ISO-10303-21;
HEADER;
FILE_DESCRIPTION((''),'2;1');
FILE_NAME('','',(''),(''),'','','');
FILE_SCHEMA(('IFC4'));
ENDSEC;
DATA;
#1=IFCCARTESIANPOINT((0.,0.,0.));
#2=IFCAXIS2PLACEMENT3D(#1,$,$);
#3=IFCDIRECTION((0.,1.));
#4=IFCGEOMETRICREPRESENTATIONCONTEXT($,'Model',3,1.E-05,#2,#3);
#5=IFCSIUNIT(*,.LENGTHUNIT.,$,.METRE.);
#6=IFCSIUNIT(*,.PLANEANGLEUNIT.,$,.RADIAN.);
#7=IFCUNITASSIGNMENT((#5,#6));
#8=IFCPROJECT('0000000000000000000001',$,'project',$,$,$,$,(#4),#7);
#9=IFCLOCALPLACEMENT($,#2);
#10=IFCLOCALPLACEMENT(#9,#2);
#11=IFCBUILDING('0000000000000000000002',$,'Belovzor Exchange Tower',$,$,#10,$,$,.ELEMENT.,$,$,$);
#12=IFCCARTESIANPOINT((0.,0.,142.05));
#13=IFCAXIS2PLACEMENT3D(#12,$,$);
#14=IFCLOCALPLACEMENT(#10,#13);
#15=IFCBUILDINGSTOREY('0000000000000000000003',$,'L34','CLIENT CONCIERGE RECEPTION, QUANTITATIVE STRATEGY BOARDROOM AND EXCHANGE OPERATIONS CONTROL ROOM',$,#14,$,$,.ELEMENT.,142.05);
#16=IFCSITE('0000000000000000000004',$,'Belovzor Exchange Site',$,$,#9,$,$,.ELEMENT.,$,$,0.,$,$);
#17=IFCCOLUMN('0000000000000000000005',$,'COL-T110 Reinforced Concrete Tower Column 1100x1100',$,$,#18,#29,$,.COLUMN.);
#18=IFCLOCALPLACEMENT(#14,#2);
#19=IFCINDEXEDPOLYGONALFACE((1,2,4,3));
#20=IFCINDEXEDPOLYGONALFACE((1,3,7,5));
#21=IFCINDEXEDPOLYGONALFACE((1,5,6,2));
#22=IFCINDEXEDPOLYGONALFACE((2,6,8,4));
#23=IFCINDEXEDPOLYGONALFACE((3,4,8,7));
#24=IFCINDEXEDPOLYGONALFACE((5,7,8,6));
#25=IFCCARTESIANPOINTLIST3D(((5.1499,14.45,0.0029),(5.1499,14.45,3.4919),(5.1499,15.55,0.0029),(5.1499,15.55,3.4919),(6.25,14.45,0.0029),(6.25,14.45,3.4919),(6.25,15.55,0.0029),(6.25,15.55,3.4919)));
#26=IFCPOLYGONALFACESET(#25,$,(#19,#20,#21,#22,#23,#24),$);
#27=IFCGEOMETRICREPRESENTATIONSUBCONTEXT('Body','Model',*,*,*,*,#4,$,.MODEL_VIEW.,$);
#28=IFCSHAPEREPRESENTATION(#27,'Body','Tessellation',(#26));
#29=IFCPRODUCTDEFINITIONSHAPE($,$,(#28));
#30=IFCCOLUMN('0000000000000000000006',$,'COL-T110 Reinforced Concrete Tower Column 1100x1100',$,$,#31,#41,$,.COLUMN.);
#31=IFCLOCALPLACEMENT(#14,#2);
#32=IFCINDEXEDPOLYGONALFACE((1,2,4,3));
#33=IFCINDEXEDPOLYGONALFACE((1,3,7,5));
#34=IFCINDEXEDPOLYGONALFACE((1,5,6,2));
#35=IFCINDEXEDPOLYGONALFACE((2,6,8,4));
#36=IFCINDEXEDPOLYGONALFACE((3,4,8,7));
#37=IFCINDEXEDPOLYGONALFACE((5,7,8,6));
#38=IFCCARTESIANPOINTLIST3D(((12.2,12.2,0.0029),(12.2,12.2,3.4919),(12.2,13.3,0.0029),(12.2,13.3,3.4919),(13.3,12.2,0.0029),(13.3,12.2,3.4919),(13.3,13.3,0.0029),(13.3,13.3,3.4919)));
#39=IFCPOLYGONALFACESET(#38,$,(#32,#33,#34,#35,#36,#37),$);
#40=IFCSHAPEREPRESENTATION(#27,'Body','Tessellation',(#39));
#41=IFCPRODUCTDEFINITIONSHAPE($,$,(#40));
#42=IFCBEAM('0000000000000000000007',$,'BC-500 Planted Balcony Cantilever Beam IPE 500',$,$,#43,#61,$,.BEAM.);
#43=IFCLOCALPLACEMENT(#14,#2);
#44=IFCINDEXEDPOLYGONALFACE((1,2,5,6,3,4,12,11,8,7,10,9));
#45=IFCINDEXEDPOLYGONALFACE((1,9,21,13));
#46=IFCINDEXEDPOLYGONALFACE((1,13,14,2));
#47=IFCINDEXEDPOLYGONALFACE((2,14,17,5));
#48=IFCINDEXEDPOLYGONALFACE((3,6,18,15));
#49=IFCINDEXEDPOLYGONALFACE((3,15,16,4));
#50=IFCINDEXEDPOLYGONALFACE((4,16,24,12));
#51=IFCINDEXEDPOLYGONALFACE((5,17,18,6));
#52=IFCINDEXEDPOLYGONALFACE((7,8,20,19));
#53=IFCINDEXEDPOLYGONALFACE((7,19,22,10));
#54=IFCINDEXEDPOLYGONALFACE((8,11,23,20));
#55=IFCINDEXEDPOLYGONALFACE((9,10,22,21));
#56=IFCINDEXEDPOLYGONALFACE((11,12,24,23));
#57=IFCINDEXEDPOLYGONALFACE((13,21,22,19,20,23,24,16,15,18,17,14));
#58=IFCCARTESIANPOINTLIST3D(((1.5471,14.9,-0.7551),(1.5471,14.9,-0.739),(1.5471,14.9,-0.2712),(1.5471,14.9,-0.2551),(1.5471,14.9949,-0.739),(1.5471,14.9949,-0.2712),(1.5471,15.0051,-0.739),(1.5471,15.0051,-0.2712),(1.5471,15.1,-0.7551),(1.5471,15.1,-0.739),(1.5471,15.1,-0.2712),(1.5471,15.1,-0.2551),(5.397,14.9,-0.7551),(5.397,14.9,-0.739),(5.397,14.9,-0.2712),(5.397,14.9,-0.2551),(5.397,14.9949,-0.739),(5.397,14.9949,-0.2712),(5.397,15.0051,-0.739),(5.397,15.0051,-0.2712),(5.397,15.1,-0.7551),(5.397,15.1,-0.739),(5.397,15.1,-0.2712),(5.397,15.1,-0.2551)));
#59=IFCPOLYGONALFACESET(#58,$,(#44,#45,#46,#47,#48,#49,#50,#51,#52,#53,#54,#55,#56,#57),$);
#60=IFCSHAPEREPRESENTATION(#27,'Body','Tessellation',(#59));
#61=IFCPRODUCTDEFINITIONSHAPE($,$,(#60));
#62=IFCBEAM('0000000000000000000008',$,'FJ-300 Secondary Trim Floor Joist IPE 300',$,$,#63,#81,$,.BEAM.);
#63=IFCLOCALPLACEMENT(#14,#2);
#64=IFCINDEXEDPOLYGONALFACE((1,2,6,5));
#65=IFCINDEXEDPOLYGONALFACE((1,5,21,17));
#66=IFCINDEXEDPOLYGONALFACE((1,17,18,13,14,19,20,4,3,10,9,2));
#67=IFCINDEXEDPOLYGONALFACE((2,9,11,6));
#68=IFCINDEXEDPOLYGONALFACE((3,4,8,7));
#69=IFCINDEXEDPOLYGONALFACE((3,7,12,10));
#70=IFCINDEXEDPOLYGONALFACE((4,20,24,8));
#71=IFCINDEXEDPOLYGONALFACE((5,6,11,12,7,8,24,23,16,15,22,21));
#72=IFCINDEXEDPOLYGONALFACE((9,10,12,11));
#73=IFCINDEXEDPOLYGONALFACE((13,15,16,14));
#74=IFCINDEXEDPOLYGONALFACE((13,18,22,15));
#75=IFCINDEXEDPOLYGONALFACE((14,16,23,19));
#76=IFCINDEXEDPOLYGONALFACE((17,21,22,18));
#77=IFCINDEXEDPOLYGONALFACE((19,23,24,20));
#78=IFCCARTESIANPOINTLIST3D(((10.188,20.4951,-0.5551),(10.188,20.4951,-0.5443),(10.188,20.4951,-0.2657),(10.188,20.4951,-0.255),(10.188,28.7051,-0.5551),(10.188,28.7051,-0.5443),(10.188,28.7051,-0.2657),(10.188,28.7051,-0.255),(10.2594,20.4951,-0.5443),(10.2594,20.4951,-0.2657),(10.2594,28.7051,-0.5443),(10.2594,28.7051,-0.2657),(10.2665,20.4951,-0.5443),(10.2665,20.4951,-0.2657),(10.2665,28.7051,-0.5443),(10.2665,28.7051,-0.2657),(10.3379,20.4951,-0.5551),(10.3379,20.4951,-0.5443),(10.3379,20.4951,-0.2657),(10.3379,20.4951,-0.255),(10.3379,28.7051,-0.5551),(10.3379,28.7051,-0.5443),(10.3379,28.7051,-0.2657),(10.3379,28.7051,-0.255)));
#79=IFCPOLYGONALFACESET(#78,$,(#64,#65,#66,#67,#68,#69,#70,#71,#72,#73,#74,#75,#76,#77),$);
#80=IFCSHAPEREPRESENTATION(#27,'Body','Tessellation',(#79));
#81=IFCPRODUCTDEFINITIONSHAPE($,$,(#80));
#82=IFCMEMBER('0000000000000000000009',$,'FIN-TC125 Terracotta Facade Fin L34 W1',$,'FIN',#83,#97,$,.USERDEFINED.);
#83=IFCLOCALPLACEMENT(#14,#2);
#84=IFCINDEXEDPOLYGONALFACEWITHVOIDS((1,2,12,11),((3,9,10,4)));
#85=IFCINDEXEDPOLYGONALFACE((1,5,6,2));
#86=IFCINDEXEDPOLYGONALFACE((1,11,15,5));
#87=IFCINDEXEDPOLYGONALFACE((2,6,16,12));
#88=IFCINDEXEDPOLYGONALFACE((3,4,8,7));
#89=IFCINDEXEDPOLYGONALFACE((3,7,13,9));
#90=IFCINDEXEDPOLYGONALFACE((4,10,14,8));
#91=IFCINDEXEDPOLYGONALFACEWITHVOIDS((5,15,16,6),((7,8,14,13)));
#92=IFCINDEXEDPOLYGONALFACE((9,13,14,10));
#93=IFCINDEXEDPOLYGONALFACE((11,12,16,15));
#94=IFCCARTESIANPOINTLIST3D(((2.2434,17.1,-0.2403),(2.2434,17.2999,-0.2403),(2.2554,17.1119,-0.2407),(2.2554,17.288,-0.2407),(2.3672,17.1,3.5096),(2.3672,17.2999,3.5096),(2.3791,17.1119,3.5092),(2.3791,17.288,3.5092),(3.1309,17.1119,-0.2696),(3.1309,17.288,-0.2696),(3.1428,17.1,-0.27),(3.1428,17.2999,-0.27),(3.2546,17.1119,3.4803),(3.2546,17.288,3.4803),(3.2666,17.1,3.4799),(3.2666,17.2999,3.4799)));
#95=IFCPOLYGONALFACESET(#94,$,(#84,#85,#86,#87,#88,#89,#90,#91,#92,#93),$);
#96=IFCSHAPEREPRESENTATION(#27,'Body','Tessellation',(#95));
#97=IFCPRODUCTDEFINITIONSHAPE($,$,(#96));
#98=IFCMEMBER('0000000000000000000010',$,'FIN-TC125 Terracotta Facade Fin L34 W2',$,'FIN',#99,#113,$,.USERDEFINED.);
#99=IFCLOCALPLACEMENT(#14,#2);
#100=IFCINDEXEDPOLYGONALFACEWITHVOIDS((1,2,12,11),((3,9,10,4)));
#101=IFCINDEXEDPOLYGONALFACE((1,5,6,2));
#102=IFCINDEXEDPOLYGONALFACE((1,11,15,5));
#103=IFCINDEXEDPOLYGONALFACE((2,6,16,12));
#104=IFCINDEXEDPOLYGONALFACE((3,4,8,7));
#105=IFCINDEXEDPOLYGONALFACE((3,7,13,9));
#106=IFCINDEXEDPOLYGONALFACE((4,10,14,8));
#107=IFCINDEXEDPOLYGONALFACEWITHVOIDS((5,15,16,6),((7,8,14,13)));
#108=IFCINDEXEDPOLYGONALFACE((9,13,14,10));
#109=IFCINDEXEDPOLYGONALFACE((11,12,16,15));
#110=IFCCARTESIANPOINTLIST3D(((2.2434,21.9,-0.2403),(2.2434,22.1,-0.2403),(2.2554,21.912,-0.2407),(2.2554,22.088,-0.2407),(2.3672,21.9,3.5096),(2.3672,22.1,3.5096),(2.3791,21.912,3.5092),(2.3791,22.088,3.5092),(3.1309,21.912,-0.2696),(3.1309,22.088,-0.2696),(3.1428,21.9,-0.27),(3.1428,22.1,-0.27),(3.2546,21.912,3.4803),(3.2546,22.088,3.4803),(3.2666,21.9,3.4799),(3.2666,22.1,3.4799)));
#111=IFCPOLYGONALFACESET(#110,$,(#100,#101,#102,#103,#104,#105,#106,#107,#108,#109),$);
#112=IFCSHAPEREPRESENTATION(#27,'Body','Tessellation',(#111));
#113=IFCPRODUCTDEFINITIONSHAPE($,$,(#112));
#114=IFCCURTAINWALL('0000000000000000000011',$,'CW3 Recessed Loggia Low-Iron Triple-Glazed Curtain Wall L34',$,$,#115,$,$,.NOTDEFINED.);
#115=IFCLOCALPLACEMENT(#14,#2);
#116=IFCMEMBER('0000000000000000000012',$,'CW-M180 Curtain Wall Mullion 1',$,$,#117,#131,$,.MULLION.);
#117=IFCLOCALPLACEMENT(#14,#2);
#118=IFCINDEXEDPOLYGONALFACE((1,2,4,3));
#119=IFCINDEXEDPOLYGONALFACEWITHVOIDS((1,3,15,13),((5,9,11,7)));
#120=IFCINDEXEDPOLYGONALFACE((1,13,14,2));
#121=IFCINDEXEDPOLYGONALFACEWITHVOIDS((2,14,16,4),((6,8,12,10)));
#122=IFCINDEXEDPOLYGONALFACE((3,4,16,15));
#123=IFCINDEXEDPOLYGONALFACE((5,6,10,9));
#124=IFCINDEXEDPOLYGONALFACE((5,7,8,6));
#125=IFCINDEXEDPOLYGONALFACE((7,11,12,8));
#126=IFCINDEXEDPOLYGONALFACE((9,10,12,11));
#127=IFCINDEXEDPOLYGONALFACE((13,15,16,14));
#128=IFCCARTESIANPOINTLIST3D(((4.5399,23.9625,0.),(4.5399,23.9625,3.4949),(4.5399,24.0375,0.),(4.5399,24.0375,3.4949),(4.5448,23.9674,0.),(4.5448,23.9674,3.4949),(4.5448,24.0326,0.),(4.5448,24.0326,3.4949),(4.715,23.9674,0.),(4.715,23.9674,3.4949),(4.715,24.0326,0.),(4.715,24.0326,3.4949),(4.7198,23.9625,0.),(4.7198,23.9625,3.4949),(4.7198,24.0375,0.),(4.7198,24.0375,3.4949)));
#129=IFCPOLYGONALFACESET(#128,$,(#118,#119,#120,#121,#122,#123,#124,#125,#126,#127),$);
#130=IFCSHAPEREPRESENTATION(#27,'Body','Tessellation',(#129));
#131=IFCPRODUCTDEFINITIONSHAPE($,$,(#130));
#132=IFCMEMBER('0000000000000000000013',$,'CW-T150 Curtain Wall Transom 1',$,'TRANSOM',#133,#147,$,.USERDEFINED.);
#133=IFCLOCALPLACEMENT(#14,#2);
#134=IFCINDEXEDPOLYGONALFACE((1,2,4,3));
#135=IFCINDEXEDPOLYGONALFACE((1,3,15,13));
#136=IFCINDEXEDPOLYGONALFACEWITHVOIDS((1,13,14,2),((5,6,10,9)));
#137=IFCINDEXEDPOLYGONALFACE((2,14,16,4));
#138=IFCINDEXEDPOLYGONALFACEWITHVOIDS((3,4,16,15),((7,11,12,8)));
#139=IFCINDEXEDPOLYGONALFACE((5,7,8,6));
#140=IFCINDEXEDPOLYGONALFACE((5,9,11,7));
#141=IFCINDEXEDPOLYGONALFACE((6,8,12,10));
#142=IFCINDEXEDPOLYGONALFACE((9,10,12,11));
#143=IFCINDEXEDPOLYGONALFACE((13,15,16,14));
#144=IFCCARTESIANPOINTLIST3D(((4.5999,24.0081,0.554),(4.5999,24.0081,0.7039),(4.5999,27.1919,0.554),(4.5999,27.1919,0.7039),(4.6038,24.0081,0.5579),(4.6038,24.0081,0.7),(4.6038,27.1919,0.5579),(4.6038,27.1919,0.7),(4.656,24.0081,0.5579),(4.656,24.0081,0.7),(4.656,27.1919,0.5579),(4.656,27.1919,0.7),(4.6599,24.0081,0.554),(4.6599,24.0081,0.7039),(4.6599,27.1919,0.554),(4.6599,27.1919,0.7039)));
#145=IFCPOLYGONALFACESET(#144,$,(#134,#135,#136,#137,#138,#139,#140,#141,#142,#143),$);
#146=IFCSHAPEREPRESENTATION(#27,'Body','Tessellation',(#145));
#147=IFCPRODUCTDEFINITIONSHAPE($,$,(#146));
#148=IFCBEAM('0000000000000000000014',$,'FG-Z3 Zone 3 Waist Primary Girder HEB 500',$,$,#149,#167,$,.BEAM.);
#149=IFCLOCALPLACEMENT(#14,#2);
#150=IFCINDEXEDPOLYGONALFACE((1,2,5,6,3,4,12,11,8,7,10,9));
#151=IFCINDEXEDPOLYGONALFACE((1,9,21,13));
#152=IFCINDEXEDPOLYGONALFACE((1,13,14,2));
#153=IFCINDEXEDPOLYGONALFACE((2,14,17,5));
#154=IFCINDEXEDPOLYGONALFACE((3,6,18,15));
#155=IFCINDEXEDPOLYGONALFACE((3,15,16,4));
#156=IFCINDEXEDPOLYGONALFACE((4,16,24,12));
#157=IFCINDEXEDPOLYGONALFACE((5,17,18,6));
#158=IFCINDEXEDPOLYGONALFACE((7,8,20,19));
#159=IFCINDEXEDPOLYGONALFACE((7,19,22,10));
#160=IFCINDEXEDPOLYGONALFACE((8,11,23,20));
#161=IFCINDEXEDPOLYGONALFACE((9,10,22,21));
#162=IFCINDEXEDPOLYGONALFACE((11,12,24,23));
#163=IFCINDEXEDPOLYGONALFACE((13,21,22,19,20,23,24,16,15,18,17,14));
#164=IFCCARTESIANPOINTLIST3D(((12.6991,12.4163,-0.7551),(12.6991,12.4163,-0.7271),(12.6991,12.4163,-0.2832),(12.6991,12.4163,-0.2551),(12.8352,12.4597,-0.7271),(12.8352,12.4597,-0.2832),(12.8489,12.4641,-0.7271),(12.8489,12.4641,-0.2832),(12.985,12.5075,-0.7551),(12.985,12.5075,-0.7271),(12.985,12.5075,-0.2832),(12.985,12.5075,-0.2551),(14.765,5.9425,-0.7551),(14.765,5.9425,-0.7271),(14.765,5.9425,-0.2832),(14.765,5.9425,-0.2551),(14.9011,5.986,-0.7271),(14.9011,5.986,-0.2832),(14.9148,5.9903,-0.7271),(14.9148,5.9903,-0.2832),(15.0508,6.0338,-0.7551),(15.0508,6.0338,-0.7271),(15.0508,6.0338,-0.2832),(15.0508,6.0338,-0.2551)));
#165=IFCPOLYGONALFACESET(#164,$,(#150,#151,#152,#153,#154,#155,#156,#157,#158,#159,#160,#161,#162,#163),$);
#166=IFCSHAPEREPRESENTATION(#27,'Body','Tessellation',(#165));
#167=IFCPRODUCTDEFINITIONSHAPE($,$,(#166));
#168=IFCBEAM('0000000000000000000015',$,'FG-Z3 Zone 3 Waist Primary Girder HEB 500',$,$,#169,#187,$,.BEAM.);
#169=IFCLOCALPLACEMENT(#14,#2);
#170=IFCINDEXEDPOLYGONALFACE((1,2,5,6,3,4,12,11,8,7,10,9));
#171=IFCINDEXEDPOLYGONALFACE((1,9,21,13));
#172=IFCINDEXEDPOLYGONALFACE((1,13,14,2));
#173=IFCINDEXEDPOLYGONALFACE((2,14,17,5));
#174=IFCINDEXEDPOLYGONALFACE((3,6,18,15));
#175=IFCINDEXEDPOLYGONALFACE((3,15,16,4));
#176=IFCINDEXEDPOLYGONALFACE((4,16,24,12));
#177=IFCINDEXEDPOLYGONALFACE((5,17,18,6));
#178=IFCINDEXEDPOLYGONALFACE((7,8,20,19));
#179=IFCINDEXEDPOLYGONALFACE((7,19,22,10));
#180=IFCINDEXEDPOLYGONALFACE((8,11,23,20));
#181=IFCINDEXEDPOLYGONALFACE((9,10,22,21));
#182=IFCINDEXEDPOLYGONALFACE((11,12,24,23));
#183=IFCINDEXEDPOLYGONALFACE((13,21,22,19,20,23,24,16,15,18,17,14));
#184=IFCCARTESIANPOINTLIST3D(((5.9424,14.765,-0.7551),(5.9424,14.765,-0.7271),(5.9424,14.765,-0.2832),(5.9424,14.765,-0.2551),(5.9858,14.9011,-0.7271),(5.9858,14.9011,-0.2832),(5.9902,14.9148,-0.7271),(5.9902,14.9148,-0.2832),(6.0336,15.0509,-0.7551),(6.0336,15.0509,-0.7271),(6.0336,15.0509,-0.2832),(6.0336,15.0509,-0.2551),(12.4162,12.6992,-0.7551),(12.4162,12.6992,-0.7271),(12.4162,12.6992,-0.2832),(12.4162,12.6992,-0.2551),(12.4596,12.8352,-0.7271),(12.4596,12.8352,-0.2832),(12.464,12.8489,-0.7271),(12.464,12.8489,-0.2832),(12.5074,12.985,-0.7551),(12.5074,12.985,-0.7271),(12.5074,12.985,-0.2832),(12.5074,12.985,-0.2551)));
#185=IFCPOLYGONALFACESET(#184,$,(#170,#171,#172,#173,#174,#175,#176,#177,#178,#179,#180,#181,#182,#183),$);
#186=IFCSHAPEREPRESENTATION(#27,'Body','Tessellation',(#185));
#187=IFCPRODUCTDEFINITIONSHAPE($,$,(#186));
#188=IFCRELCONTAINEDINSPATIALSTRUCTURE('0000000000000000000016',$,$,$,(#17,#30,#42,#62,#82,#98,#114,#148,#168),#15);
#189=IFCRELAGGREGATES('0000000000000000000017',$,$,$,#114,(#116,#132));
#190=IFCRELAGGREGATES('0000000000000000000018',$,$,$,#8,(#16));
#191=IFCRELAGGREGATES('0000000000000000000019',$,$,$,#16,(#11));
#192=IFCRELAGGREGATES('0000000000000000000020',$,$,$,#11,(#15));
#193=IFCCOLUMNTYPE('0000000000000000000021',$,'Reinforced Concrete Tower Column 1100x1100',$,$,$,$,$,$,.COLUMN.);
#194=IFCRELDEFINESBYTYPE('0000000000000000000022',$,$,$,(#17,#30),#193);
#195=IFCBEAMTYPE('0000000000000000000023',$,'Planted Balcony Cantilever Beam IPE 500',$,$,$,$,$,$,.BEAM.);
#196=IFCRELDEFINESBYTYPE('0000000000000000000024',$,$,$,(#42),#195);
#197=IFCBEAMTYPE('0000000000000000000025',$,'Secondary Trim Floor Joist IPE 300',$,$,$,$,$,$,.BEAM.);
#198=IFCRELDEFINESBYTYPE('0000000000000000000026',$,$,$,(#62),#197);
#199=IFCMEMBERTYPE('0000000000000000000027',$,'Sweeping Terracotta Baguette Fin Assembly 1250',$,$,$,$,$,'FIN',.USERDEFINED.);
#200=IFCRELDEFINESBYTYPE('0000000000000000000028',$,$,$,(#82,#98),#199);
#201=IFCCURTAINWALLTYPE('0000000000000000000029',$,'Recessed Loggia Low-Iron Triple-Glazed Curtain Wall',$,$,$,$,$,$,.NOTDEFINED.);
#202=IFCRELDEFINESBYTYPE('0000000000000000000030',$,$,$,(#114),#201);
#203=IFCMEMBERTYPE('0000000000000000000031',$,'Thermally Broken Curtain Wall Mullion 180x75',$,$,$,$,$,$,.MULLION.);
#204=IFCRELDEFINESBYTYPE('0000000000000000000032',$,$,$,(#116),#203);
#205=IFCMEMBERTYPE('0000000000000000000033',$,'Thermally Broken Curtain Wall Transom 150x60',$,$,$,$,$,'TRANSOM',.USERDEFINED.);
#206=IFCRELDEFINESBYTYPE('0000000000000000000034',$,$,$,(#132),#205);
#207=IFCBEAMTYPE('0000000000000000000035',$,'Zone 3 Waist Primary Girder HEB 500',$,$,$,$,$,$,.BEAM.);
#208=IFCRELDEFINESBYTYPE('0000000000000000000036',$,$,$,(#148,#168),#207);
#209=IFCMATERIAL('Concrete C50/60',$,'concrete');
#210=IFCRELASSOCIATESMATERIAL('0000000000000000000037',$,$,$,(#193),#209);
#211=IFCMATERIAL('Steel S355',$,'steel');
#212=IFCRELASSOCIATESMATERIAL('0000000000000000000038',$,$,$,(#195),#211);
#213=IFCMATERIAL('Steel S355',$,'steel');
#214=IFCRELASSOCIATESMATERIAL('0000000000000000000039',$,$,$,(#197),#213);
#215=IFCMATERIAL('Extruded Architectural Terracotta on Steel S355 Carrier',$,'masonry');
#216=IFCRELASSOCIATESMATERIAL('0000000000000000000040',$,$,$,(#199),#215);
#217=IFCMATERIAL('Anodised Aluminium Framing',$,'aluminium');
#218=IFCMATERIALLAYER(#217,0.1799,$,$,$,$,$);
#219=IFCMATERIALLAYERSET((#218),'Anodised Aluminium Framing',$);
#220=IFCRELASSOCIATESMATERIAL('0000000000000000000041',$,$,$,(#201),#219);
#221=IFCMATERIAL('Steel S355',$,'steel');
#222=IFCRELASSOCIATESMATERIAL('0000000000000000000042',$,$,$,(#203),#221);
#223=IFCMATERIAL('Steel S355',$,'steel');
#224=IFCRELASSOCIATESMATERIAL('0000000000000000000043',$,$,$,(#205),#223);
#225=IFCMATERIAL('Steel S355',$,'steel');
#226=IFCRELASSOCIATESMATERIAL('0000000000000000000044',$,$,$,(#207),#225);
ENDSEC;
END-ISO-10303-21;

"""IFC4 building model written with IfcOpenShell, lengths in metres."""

from ifc_helpers import new_model, si_unit, direction, frame, origin, origin_2d, place, context, subcontext, project, spatial, rectangle, hollow_rectangle, i_section, extrude, material, layer, layer_set, material_profile, profile_set, type_object, element, aggregate, save


model = new_model("IFC4")

# Units and contexts
model_context = context("Model", 3, precision=1e-05, world=origin(), true_north=direction((0.0, 1.0)))
body_context = subcontext(model_context, "Body", "Model", "MODEL_VIEW")
ifc_project = project(units=[si_unit("LENGTHUNIT", "METRE"), si_unit("PLANEANGLEUNIT", "RADIAN")], contexts=[model_context])

# Site, building, storey
site_placement = place(None, origin())
site = spatial("IfcSite", under=ifc_project, at=site_placement, Name="Belovzor Exchange Site", CompositionType="ELEMENT", RefElevation=0.0)
building_placement = place(site_placement, origin())
building = spatial("IfcBuilding", under=site, at=building_placement, Name="Belovzor Exchange Tower", CompositionType="ELEMENT")
storey_placement = place(building_placement, frame((0.0, 0.0, 142.05)))
storey = spatial("IfcBuildingStorey", under=building, at=storey_placement, Name="L34", Description="CLIENT CONCIERGE RECEPTION, QUANTITATIVE STRATEGY BOARDROOM AND EXCHANGE OPERATIONS CONTROL ROOM", CompositionType="ELEMENT", Elevation=142.05)

# Columns
ifc_material_1 = material(Name="Concrete C50/60", Category="concrete")
ifc_material_profile_1 = material_profile(ifc_material_1, rectangle(XDim=1.1001, YDim=1.1001, at=origin_2d()))
ifc_profile_set_1 = profile_set([ifc_material_profile_1], Name="Concrete C50/60")
column_type = type_object("IfcColumnType", Name="Reinforced Concrete Tower Column 1100x1100", PredefinedType="COLUMN", material=ifc_profile_set_1)
for number, where, z_axis, x_axis, name in (
    (1, (5.7, 15.0, 0.0029), (0.0, 0.0, 1.0), (1.0, 0.0, 0.0), "COL-T110 Reinforced Concrete Tower Column 1100x1100"),
    (2, (12.75, 12.75, 0.0029), (0.0, 0.0, 1.0), (1.0, 0.0, 0.0), "COL-T110 Reinforced Concrete Tower Column 1100x1100"),
):
    element("IfcColumn", number, at=place(storey_placement, frame(where, z_axis=z_axis, x_axis=x_axis)), inside=storey, type_object=column_type, Name=name, PredefinedType="COLUMN", context=body_context, shape_type="SweptSolid", body=[
        extrude(rectangle(XDim=1.1001, YDim=1.1001, at=origin_2d()), origin(), (0.0, 0.0, 1.0), 3.489),
    ])

# Beams
ifc_material_2 = material(Name="Steel S355", Category="steel")
ifc_material_profile_2 = material_profile(ifc_material_2, i_section(OverallWidth=0.2, OverallDepth=0.5, WebThickness=0.0103, FlangeThickness=0.0161, at=origin_2d()))
ifc_profile_set_2 = profile_set([ifc_material_profile_2], Name="Steel S355")
beam_type_1 = type_object("IfcBeamType", Name="Planted Balcony Cantilever Beam IPE 500", PredefinedType="BEAM", material=ifc_profile_set_2)
beam_1_placement = place(storey_placement, frame((5.397, 15.0, -0.5051), z_axis=(-1.0, 0.0, 0.0), x_axis=(0.0, -1.0, 0.0)))
element("IfcBeam", 3, at=beam_1_placement, inside=storey, type_object=beam_type_1, Name="BC-500 Planted Balcony Cantilever Beam IPE 500", PredefinedType="BEAM", context=body_context, shape_type="SweptSolid", body=[
    extrude(i_section(OverallWidth=0.2, OverallDepth=0.5, WebThickness=0.0103, FlangeThickness=0.0161, at=origin_2d()), origin(), (0.0, 0.0, 1.0), 3.8499),
])
ifc_material_3 = material(Name="Steel S355", Category="steel")
ifc_material_profile_3 = material_profile(ifc_material_3, i_section(OverallWidth=0.1499, OverallDepth=0.3, WebThickness=0.0071, FlangeThickness=0.0107, at=origin_2d()))
ifc_profile_set_3 = profile_set([ifc_material_profile_3], Name="Steel S355")
beam_type_2 = type_object("IfcBeamType", Name="Secondary Trim Floor Joist IPE 300", PredefinedType="BEAM", material=ifc_profile_set_3)
beam_2_placement = place(storey_placement, frame((10.2629, 20.4951, -0.405), z_axis=(0.0, 1.0, 0.0), x_axis=(-1.0, 0.0, 0.0)))
element("IfcBeam", 4, at=beam_2_placement, inside=storey, type_object=beam_type_2, Name="FJ-300 Secondary Trim Floor Joist IPE 300", PredefinedType="BEAM", context=body_context, shape_type="SweptSolid", body=[
    extrude(i_section(OverallWidth=0.1499, OverallDepth=0.3, WebThickness=0.0071, FlangeThickness=0.0107, at=origin_2d()), origin(), (0.0, 0.0, 1.0), 8.21),
])

# Members
ifc_material_4 = material(Name="Extruded Architectural Terracotta on Steel S355 Carrier", Category="masonry")
ifc_material_profile_4 = material_profile(ifc_material_4, hollow_rectangle(XDim=0.2, YDim=0.8999, WallThickness=0.012, at=origin_2d()))
ifc_profile_set_4 = profile_set([ifc_material_profile_4], Name="Extruded Architectural Terracotta on Steel S355 Carrier")
member_type_1 = type_object("IfcMemberType", Name="Sweeping Terracotta Baguette Fin Assembly 1250", ElementType="FIN", PredefinedType="USERDEFINED", material=ifc_profile_set_4)
for number, where, z_axis, x_axis, name in (
    (5, (2.6931, 17.2, -0.2551), (0.03299, 0.0, 0.999456), (0.0, 1.0, 0.0), "FIN-TC125 Terracotta Facade Fin L34 W1"),
    (6, (2.6931, 22.0, -0.2551), (0.03299, 0.0, 0.999456), (0.0, 1.0, 0.0), "FIN-TC125 Terracotta Facade Fin L34 W2"),
):
    element("IfcMember", number, at=place(storey_placement, frame(where, z_axis=z_axis, x_axis=x_axis)), inside=storey, type_object=member_type_1, Name=name, ObjectType="FIN", PredefinedType="USERDEFINED", context=body_context, shape_type="SweptSolid", body=[
        extrude(hollow_rectangle(XDim=0.2, YDim=0.8999, WallThickness=0.012, at=origin_2d()), origin(), (0.0, 0.0, 1.0), 3.752),
    ])

# Curtain wall, members
ifc_material_5 = material(Name="Anodised Aluminium Framing", Category="aluminium")
ifc_layer_1 = layer(ifc_material_5, 0.1799)
ifc_layer_set_1 = layer_set([ifc_layer_1], Name="Anodised Aluminium Framing")
curtain_wall_type = type_object("IfcCurtainWallType", Name="Recessed Loggia Low-Iron Triple-Glazed Curtain Wall", PredefinedType="NOTDEFINED", material=ifc_layer_set_1)
curtain_wall_placement = place(storey_placement, origin())
curtain_wall = element("IfcCurtainWall", 7, at=curtain_wall_placement, inside=storey, type_object=curtain_wall_type, Name="CW3 Recessed Loggia Low-Iron Triple-Glazed Curtain Wall L34", PredefinedType="NOTDEFINED")
ifc_material_6 = material(Name="Steel S355", Category="steel")
ifc_material_profile_5 = material_profile(ifc_material_6, hollow_rectangle(XDim=0.075, YDim=0.1799, WallThickness=0.0049, at=origin_2d()))
ifc_profile_set_5 = profile_set([ifc_material_profile_5], Name="Steel S355")
member_type_2 = type_object("IfcMemberType", Name="Thermally Broken Curtain Wall Mullion 180x75", PredefinedType="MULLION", material=ifc_profile_set_5)
member_1_placement = place(storey_placement, frame((4.6299, 24.0, 0.0), z_axis=(0.0, 0.0, 1.0), x_axis=(0.0, 1.0, 0.0)))
member_1 = element("IfcMember", 8, at=member_1_placement, type_object=member_type_2, Name="CW-M180 Curtain Wall Mullion 1", PredefinedType="MULLION", context=body_context, shape_type="SweptSolid", body=[
    extrude(hollow_rectangle(XDim=0.075, YDim=0.1799, WallThickness=0.0049, at=origin_2d()), origin(), (0.0, 0.0, 1.0), 3.4949),
])
ifc_material_7 = material(Name="Steel S355", Category="steel")
ifc_material_profile_6 = material_profile(ifc_material_7, hollow_rectangle(XDim=0.0601, YDim=0.1499, WallThickness=0.0039, at=origin_2d()))
ifc_profile_set_6 = profile_set([ifc_material_profile_6], Name="Steel S355")
member_type_3 = type_object("IfcMemberType", Name="Thermally Broken Curtain Wall Transom 150x60", ElementType="TRANSOM", PredefinedType="USERDEFINED", material=ifc_profile_set_6)
member_2_placement = place(storey_placement, frame((4.6299, 24.0081, 0.6289), z_axis=(0.0, 1.0, 0.0), x_axis=(-1.0, 0.0, 0.0)))
member_2 = element("IfcMember", 9, at=member_2_placement, type_object=member_type_3, Name="CW-T150 Curtain Wall Transom 1", ObjectType="TRANSOM", PredefinedType="USERDEFINED", context=body_context, shape_type="SweptSolid", body=[
    extrude(hollow_rectangle(XDim=0.0601, YDim=0.1499, WallThickness=0.0039, at=origin_2d()), origin(), (0.0, 0.0, 1.0), 3.1838),
])

# Beams
ifc_material_8 = material(Name="Steel S355", Category="steel")
ifc_material_profile_7 = material_profile(ifc_material_8, i_section(OverallWidth=0.3, OverallDepth=0.5, WebThickness=0.0144, FlangeThickness=0.0281, at=origin_2d()))
ifc_profile_set_7 = profile_set([ifc_material_profile_7], Name="Steel S355")
beam_type_3 = type_object("IfcBeamType", Name="Zone 3 Waist Primary Girder HEB 500", PredefinedType="BEAM", material=ifc_profile_set_7)
for number, where, z_axis, x_axis, name in (
    (10, (12.842, 12.4619, -0.5051), (0.304012, -0.952668, 0.0), (0.952668, 0.304012, 0.0), "FG-Z3 Zone 3 Waist Primary Girder HEB 500"),
    (11, (5.988, 14.908, -0.5051), (0.952668, -0.304012, 0.0), (0.304012, 0.952668, 0.0), "FG-Z3 Zone 3 Waist Primary Girder HEB 500"),
):
    element("IfcBeam", number, at=place(storey_placement, frame(where, z_axis=z_axis, x_axis=x_axis)), inside=storey, type_object=beam_type_3, Name=name, PredefinedType="BEAM", context=body_context, shape_type="SweptSolid", body=[
        extrude(i_section(OverallWidth=0.3, OverallDepth=0.5, WebThickness=0.0144, FlangeThickness=0.0281, at=origin_2d()), origin(), (0.0, 0.0, 1.0), 6.7954),
    ])

aggregate(curtain_wall, [member_1, member_2])

save(model, "model.ifc")
